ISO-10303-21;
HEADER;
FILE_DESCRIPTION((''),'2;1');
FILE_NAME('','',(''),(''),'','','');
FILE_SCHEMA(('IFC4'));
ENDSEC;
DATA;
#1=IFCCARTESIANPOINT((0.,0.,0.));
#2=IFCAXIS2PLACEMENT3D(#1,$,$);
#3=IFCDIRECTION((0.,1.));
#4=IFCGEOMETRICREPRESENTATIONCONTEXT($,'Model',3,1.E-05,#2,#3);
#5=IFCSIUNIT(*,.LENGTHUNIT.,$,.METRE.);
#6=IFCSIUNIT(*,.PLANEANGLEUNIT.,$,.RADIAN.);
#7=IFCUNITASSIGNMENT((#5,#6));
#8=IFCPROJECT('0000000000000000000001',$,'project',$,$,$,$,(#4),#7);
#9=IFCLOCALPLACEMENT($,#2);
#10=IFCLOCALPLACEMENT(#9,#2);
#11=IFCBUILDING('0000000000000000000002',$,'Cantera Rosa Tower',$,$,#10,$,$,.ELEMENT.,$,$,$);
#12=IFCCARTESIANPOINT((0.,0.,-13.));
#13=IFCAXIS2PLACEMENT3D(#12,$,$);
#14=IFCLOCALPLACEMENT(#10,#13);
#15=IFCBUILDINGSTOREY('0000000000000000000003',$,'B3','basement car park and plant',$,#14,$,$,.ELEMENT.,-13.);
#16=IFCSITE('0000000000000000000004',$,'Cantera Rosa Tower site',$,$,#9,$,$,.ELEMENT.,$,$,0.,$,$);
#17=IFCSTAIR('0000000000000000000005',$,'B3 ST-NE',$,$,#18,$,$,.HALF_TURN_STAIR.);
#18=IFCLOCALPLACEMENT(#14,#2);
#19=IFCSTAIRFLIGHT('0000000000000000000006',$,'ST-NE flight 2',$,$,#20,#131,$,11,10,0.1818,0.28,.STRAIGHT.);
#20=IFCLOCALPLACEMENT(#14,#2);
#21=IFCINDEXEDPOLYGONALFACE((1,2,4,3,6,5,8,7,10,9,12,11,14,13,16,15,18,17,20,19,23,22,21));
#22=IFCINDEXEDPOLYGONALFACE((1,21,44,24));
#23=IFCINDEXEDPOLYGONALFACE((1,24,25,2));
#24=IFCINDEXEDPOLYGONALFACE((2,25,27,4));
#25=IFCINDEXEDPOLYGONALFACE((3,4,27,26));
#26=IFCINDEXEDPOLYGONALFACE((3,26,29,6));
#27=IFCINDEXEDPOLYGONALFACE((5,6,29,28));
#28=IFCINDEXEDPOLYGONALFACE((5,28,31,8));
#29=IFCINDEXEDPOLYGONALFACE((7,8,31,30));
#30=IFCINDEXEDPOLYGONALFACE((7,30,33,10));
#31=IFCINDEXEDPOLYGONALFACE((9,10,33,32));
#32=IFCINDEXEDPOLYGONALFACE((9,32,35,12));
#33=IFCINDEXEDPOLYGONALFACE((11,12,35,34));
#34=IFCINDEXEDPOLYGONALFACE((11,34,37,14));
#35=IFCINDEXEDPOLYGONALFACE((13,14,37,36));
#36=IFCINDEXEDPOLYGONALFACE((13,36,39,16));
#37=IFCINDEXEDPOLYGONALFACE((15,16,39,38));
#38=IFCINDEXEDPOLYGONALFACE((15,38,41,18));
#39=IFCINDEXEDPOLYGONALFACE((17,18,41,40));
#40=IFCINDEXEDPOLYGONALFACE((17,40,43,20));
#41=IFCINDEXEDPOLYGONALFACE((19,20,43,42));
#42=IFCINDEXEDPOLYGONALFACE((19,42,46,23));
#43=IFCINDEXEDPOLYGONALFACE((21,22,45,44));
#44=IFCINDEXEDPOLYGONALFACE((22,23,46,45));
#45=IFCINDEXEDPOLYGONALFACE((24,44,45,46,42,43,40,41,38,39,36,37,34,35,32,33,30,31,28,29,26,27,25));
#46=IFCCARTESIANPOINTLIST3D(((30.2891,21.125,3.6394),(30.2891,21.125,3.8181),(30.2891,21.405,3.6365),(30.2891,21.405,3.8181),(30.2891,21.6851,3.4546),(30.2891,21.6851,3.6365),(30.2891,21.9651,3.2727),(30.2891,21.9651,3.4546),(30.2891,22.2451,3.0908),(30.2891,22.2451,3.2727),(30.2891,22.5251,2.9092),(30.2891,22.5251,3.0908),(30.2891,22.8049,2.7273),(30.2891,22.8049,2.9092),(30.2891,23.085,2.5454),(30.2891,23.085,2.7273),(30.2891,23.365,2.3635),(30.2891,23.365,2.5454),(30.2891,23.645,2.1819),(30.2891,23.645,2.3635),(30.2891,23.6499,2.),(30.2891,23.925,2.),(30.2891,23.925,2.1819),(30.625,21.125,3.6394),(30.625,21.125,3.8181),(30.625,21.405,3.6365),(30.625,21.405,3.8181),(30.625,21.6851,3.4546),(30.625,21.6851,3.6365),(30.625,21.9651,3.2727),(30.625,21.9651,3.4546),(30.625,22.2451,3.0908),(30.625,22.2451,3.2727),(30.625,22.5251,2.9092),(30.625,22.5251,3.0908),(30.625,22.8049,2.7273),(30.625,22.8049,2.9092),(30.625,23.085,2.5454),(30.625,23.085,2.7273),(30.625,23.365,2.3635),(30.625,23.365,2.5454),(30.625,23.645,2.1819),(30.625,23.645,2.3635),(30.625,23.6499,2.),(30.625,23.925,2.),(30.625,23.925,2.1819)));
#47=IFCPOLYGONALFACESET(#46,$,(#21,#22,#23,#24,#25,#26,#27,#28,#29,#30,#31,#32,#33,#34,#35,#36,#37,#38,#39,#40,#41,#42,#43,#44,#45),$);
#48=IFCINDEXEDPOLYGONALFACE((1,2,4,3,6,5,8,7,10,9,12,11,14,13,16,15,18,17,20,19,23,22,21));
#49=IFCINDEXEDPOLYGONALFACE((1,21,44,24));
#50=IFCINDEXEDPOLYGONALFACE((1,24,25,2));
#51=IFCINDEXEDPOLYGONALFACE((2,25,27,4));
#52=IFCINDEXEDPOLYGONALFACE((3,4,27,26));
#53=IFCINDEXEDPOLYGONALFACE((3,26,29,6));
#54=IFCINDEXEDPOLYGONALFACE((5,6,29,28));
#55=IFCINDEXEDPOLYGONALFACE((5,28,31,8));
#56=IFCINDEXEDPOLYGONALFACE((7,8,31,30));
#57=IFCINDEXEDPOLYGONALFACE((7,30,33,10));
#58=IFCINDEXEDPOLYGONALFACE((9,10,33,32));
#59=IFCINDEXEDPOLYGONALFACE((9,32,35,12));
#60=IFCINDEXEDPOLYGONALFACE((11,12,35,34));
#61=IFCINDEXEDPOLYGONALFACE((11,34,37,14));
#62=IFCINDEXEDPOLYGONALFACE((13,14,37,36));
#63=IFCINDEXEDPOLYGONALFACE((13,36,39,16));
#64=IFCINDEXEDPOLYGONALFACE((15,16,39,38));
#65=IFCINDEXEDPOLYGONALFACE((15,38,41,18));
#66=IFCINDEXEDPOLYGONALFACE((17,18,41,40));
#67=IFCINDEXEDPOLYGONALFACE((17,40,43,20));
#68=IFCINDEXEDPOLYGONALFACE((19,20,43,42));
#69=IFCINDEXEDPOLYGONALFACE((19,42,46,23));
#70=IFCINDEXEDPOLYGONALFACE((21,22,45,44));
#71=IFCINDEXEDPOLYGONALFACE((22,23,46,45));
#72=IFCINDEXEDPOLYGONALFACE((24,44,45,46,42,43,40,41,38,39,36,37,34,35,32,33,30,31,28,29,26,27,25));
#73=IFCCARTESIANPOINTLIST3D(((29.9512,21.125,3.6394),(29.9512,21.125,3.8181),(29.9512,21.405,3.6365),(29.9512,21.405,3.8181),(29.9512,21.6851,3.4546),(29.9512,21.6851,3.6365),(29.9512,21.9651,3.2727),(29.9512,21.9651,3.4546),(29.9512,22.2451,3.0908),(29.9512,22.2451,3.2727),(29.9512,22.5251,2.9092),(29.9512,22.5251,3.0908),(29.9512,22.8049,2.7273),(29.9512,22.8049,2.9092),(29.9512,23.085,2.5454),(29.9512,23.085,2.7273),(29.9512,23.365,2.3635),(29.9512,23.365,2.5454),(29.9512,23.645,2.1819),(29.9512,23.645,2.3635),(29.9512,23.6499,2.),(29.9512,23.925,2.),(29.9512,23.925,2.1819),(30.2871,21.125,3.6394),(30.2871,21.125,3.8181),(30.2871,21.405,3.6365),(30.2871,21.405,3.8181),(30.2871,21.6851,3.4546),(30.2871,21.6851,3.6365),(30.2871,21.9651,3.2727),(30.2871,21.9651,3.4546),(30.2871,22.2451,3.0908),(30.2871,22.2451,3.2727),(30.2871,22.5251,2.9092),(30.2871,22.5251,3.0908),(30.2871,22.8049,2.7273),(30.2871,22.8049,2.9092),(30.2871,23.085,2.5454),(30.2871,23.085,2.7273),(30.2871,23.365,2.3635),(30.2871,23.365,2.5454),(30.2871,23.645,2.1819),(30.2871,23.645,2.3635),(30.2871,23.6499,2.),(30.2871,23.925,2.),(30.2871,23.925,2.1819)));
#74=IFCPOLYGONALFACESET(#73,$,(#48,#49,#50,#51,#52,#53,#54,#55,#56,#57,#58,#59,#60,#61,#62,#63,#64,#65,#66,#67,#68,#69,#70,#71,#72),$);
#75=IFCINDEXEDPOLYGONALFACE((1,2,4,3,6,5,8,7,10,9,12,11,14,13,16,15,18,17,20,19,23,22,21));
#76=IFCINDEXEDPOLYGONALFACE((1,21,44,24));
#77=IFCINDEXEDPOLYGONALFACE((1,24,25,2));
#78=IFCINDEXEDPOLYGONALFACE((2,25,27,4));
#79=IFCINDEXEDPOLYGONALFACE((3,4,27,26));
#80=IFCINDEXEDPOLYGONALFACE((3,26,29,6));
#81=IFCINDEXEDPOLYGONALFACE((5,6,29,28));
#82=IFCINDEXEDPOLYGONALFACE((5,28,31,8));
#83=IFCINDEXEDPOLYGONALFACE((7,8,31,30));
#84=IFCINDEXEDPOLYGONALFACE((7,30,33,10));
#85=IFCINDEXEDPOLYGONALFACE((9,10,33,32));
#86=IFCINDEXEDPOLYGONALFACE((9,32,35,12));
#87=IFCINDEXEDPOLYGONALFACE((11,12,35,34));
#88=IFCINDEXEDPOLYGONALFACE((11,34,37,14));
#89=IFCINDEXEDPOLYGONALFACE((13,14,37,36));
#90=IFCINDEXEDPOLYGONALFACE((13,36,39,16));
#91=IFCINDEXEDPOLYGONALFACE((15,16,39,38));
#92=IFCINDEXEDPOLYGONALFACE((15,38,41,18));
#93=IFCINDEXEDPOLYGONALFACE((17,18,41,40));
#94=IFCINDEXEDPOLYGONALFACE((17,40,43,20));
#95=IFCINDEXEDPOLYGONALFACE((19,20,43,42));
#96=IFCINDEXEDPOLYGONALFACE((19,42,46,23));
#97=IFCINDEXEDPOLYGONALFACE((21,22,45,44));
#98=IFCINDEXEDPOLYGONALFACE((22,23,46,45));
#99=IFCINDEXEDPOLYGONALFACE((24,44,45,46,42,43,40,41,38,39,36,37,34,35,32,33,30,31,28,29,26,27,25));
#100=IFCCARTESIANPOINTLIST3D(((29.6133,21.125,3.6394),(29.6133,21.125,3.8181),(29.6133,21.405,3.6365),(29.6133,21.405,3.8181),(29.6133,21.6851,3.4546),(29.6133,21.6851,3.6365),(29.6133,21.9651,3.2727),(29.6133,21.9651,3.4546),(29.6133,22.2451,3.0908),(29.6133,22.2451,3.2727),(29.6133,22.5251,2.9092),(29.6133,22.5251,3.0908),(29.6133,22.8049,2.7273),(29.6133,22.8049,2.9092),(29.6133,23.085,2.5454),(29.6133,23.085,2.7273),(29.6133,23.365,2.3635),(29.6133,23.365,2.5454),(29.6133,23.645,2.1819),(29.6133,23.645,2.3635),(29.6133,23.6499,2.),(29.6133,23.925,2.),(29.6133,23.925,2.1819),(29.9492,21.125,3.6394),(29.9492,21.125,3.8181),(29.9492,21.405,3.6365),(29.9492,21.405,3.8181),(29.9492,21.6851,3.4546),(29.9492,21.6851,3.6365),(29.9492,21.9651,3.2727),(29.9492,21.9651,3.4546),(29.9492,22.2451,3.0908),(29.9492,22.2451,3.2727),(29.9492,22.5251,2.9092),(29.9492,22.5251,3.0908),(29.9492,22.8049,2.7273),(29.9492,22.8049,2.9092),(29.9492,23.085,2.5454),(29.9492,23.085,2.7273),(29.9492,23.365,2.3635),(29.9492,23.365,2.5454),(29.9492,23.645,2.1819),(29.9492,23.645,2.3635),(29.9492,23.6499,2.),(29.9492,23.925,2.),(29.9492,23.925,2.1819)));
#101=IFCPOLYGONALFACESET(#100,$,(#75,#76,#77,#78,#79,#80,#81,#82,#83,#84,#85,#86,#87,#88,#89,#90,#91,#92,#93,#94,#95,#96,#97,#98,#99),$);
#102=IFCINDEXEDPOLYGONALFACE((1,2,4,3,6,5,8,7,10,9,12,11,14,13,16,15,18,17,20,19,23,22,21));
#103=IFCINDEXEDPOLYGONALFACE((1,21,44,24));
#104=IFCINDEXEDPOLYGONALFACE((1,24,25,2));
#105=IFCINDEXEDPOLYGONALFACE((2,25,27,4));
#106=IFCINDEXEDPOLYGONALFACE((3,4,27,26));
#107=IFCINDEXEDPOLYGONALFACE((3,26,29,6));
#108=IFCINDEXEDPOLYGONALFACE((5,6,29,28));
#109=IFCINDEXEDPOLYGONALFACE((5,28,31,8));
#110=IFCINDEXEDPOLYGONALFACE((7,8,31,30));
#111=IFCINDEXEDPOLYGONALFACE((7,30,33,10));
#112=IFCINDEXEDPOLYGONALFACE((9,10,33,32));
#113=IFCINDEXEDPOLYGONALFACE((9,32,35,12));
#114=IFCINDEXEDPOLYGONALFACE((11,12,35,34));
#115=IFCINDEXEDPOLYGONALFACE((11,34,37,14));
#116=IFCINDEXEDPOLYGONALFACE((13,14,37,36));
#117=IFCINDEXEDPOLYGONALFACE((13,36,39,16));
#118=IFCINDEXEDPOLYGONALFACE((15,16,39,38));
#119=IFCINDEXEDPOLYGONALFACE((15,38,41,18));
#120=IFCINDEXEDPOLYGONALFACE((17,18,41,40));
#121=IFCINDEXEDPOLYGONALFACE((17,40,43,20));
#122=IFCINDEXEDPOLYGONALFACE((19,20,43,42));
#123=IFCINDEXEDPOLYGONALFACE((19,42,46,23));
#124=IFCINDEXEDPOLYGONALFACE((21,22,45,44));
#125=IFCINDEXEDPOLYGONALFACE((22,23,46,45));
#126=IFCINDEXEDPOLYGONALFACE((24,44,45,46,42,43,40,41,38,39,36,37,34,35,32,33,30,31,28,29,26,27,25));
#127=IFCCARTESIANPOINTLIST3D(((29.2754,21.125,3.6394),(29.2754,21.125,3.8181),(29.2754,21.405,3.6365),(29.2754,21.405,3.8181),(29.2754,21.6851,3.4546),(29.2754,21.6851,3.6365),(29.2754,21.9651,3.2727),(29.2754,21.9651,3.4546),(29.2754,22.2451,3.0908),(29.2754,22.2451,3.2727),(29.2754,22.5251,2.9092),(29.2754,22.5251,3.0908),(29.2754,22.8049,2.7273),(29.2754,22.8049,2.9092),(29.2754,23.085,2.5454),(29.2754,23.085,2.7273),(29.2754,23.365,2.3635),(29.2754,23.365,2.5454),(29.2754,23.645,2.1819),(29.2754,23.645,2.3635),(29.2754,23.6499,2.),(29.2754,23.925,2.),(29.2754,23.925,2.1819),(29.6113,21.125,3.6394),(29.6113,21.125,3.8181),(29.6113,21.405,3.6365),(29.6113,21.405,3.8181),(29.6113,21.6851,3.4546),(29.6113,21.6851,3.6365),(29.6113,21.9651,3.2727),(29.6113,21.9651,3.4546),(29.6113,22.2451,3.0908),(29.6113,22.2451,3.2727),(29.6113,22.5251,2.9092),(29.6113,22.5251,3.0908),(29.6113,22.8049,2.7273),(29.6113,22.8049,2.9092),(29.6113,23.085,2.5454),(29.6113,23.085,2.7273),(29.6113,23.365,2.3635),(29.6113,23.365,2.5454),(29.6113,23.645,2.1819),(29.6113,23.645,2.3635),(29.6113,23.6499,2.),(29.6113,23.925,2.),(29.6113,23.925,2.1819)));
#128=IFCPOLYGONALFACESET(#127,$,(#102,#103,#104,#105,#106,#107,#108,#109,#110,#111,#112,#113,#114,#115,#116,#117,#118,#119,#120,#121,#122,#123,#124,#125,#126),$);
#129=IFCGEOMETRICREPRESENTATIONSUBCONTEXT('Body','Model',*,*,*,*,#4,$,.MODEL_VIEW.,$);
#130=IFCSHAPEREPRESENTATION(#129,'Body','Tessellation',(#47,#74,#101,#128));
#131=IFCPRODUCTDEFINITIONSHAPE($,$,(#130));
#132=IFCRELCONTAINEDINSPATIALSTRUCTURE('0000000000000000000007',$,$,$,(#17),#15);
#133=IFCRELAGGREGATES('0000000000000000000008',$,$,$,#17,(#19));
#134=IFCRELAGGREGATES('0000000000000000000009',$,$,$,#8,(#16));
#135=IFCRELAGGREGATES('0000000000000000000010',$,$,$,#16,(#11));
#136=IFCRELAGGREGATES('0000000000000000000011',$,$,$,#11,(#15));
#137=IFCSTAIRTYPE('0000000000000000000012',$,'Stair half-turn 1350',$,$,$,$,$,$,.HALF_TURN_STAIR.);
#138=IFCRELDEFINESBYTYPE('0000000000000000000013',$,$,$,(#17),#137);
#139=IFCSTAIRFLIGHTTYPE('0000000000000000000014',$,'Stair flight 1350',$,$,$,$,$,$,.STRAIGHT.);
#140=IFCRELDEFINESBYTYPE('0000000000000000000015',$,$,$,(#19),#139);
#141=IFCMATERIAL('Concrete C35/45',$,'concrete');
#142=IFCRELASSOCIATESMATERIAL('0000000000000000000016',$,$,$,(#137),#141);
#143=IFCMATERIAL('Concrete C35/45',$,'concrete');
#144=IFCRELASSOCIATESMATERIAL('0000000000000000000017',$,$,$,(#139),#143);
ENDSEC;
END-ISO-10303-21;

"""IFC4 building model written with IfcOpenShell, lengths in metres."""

from ifc_helpers import new_model, si_unit, direction, frame, origin, place, context, subcontext, project, spatial, polyline, outline, extrude, material, type_object, element, aggregate, save


model = new_model("IFC4")

# Units and contexts
model_context = context("Model", 3, precision=1e-05, world=origin(), true_north=direction((0.0, 1.0)))
body_context = subcontext(model_context, "Body", "Model", "MODEL_VIEW")
ifc_project = project(units=[si_unit("LENGTHUNIT", "METRE"), si_unit("PLANEANGLEUNIT", "RADIAN")], contexts=[model_context])

# Site, building, storey
site_placement = place(None, origin())
site = spatial("IfcSite", under=ifc_project, at=site_placement, Name="Cantera Rosa Tower site", CompositionType="ELEMENT", RefElevation=0.0)
building_placement = place(site_placement, origin())
building = spatial("IfcBuilding", under=site, at=building_placement, Name="Cantera Rosa Tower", CompositionType="ELEMENT")
storey_placement = place(building_placement, frame((0.0, 0.0, -13.0)))
storey = spatial("IfcBuildingStorey", under=building, at=storey_placement, Name="B3", Description="basement car park and plant", CompositionType="ELEMENT", Elevation=-13.0)

# Stair, stair flight
ifc_material_1 = material(Name="Concrete C35/45", Category="concrete")
stair_type = type_object("IfcStairType", Name="Stair half-turn 1350", PredefinedType="HALF_TURN_STAIR", material=ifc_material_1)
stair_placement = place(storey_placement, origin())
stair = element("IfcStair", 1, at=stair_placement, inside=storey, type_object=stair_type, Name="B3 ST-NE", PredefinedType="HALF_TURN_STAIR")
ifc_material_2 = material(Name="Concrete C35/45", Category="concrete")
stair_flight_type = type_object("IfcStairFlightType", Name="Stair flight 1350", PredefinedType="STRAIGHT", material=ifc_material_2)
stair_flight_1_placement = place(storey_placement, frame((29.95, 23.925, 2.0), z_axis=(0.0, 0.0, 1.0), x_axis=(0.0, -1.0, 0.0)))
stair_flight_1 = element("IfcStairFlight", 2, at=stair_flight_1_placement, type_object=stair_flight_type, Name="ST-NE flight 2", NumberOfRisers=11, NumberOfTreads=10, PredefinedType="STRAIGHT", RiserHeight=0.1818, TreadLength=0.28, context=body_context, shape_type="SweptSolid", body=[
    extrude(outline(polyline([(0.0, 0.0), (0.0, 0.1819), (0.28, 0.1819), (0.28, 0.3635), (0.5601, 0.3635), (0.5601, 0.5454), (0.8401, 0.5454), (0.8401, 0.7273), (1.1201, 0.7273), (1.1201, 0.9092), (1.3999, 0.9092), (1.3999, 1.0908), (1.6799, 1.0908), (1.6799, 1.2727), (1.96, 1.2727), (1.96, 1.4546), (2.24, 1.4546), (2.24, 1.6365), (2.52, 1.6365), (2.52, 1.8181), (2.8, 1.8181), (2.8, 2.0), (2.8, 1.6394), (0.2751, 0.0), (0.0, 0.0)])), frame((0.0, 0.675, 0.0), z_axis=(0.0, -1.0, 0.0), x_axis=(1.0, 0.0, 0.0)), (0.0, 0.0, 1.0), 0.3359),
    extrude(outline(polyline([(0.0, 0.0), (0.0, 0.1819), (0.28, 0.1819), (0.28, 0.3635), (0.5601, 0.3635), (0.5601, 0.5454), (0.8401, 0.5454), (0.8401, 0.7273), (1.1201, 0.7273), (1.1201, 0.9092), (1.3999, 0.9092), (1.3999, 1.0908), (1.6799, 1.0908), (1.6799, 1.2727), (1.96, 1.2727), (1.96, 1.4546), (2.24, 1.4546), (2.24, 1.6365), (2.52, 1.6365), (2.52, 1.8181), (2.8, 1.8181), (2.8, 2.0), (2.8, 1.6394), (0.2751, 0.0), (0.0, 0.0)])), frame((0.0, 0.3372, 0.0), z_axis=(0.0, -1.0, 0.0), x_axis=(1.0, 0.0, 0.0)), (0.0, 0.0, 1.0), 0.3359),
    extrude(outline(polyline([(0.0, 0.0), (0.0, 0.1819), (0.28, 0.1819), (0.28, 0.3635), (0.5601, 0.3635), (0.5601, 0.5454), (0.8401, 0.5454), (0.8401, 0.7273), (1.1201, 0.7273), (1.1201, 0.9092), (1.3999, 0.9092), (1.3999, 1.0908), (1.6799, 1.0908), (1.6799, 1.2727), (1.96, 1.2727), (1.96, 1.4546), (2.24, 1.4546), (2.24, 1.6365), (2.52, 1.6365), (2.52, 1.8181), (2.8, 1.8181), (2.8, 2.0), (2.8, 1.6394), (0.2751, 0.0), (0.0, 0.0)])), frame((0.0, -0.0007, 0.0), z_axis=(0.0, -1.0, 0.0), x_axis=(1.0, 0.0, 0.0)), (0.0, 0.0, 1.0), 0.3359),
    extrude(outline(polyline([(0.0, 0.0), (0.0, 0.1819), (0.28, 0.1819), (0.28, 0.3635), (0.5601, 0.3635), (0.5601, 0.5454), (0.8401, 0.5454), (0.8401, 0.7273), (1.1201, 0.7273), (1.1201, 0.9092), (1.3999, 0.9092), (1.3999, 1.0908), (1.6799, 1.0908), (1.6799, 1.2727), (1.96, 1.2727), (1.96, 1.4546), (2.24, 1.4546), (2.24, 1.6365), (2.52, 1.6365), (2.52, 1.8181), (2.8, 1.8181), (2.8, 2.0), (2.8, 1.6394), (0.2751, 0.0), (0.0, 0.0)])), frame((0.0, -0.3386, 0.0), z_axis=(0.0, -1.0, 0.0), x_axis=(1.0, 0.0, 0.0)), (0.0, 0.0, 1.0), 0.3359),
])
aggregate(stair, [stair_flight_1])

save(model, "model.ifc")
